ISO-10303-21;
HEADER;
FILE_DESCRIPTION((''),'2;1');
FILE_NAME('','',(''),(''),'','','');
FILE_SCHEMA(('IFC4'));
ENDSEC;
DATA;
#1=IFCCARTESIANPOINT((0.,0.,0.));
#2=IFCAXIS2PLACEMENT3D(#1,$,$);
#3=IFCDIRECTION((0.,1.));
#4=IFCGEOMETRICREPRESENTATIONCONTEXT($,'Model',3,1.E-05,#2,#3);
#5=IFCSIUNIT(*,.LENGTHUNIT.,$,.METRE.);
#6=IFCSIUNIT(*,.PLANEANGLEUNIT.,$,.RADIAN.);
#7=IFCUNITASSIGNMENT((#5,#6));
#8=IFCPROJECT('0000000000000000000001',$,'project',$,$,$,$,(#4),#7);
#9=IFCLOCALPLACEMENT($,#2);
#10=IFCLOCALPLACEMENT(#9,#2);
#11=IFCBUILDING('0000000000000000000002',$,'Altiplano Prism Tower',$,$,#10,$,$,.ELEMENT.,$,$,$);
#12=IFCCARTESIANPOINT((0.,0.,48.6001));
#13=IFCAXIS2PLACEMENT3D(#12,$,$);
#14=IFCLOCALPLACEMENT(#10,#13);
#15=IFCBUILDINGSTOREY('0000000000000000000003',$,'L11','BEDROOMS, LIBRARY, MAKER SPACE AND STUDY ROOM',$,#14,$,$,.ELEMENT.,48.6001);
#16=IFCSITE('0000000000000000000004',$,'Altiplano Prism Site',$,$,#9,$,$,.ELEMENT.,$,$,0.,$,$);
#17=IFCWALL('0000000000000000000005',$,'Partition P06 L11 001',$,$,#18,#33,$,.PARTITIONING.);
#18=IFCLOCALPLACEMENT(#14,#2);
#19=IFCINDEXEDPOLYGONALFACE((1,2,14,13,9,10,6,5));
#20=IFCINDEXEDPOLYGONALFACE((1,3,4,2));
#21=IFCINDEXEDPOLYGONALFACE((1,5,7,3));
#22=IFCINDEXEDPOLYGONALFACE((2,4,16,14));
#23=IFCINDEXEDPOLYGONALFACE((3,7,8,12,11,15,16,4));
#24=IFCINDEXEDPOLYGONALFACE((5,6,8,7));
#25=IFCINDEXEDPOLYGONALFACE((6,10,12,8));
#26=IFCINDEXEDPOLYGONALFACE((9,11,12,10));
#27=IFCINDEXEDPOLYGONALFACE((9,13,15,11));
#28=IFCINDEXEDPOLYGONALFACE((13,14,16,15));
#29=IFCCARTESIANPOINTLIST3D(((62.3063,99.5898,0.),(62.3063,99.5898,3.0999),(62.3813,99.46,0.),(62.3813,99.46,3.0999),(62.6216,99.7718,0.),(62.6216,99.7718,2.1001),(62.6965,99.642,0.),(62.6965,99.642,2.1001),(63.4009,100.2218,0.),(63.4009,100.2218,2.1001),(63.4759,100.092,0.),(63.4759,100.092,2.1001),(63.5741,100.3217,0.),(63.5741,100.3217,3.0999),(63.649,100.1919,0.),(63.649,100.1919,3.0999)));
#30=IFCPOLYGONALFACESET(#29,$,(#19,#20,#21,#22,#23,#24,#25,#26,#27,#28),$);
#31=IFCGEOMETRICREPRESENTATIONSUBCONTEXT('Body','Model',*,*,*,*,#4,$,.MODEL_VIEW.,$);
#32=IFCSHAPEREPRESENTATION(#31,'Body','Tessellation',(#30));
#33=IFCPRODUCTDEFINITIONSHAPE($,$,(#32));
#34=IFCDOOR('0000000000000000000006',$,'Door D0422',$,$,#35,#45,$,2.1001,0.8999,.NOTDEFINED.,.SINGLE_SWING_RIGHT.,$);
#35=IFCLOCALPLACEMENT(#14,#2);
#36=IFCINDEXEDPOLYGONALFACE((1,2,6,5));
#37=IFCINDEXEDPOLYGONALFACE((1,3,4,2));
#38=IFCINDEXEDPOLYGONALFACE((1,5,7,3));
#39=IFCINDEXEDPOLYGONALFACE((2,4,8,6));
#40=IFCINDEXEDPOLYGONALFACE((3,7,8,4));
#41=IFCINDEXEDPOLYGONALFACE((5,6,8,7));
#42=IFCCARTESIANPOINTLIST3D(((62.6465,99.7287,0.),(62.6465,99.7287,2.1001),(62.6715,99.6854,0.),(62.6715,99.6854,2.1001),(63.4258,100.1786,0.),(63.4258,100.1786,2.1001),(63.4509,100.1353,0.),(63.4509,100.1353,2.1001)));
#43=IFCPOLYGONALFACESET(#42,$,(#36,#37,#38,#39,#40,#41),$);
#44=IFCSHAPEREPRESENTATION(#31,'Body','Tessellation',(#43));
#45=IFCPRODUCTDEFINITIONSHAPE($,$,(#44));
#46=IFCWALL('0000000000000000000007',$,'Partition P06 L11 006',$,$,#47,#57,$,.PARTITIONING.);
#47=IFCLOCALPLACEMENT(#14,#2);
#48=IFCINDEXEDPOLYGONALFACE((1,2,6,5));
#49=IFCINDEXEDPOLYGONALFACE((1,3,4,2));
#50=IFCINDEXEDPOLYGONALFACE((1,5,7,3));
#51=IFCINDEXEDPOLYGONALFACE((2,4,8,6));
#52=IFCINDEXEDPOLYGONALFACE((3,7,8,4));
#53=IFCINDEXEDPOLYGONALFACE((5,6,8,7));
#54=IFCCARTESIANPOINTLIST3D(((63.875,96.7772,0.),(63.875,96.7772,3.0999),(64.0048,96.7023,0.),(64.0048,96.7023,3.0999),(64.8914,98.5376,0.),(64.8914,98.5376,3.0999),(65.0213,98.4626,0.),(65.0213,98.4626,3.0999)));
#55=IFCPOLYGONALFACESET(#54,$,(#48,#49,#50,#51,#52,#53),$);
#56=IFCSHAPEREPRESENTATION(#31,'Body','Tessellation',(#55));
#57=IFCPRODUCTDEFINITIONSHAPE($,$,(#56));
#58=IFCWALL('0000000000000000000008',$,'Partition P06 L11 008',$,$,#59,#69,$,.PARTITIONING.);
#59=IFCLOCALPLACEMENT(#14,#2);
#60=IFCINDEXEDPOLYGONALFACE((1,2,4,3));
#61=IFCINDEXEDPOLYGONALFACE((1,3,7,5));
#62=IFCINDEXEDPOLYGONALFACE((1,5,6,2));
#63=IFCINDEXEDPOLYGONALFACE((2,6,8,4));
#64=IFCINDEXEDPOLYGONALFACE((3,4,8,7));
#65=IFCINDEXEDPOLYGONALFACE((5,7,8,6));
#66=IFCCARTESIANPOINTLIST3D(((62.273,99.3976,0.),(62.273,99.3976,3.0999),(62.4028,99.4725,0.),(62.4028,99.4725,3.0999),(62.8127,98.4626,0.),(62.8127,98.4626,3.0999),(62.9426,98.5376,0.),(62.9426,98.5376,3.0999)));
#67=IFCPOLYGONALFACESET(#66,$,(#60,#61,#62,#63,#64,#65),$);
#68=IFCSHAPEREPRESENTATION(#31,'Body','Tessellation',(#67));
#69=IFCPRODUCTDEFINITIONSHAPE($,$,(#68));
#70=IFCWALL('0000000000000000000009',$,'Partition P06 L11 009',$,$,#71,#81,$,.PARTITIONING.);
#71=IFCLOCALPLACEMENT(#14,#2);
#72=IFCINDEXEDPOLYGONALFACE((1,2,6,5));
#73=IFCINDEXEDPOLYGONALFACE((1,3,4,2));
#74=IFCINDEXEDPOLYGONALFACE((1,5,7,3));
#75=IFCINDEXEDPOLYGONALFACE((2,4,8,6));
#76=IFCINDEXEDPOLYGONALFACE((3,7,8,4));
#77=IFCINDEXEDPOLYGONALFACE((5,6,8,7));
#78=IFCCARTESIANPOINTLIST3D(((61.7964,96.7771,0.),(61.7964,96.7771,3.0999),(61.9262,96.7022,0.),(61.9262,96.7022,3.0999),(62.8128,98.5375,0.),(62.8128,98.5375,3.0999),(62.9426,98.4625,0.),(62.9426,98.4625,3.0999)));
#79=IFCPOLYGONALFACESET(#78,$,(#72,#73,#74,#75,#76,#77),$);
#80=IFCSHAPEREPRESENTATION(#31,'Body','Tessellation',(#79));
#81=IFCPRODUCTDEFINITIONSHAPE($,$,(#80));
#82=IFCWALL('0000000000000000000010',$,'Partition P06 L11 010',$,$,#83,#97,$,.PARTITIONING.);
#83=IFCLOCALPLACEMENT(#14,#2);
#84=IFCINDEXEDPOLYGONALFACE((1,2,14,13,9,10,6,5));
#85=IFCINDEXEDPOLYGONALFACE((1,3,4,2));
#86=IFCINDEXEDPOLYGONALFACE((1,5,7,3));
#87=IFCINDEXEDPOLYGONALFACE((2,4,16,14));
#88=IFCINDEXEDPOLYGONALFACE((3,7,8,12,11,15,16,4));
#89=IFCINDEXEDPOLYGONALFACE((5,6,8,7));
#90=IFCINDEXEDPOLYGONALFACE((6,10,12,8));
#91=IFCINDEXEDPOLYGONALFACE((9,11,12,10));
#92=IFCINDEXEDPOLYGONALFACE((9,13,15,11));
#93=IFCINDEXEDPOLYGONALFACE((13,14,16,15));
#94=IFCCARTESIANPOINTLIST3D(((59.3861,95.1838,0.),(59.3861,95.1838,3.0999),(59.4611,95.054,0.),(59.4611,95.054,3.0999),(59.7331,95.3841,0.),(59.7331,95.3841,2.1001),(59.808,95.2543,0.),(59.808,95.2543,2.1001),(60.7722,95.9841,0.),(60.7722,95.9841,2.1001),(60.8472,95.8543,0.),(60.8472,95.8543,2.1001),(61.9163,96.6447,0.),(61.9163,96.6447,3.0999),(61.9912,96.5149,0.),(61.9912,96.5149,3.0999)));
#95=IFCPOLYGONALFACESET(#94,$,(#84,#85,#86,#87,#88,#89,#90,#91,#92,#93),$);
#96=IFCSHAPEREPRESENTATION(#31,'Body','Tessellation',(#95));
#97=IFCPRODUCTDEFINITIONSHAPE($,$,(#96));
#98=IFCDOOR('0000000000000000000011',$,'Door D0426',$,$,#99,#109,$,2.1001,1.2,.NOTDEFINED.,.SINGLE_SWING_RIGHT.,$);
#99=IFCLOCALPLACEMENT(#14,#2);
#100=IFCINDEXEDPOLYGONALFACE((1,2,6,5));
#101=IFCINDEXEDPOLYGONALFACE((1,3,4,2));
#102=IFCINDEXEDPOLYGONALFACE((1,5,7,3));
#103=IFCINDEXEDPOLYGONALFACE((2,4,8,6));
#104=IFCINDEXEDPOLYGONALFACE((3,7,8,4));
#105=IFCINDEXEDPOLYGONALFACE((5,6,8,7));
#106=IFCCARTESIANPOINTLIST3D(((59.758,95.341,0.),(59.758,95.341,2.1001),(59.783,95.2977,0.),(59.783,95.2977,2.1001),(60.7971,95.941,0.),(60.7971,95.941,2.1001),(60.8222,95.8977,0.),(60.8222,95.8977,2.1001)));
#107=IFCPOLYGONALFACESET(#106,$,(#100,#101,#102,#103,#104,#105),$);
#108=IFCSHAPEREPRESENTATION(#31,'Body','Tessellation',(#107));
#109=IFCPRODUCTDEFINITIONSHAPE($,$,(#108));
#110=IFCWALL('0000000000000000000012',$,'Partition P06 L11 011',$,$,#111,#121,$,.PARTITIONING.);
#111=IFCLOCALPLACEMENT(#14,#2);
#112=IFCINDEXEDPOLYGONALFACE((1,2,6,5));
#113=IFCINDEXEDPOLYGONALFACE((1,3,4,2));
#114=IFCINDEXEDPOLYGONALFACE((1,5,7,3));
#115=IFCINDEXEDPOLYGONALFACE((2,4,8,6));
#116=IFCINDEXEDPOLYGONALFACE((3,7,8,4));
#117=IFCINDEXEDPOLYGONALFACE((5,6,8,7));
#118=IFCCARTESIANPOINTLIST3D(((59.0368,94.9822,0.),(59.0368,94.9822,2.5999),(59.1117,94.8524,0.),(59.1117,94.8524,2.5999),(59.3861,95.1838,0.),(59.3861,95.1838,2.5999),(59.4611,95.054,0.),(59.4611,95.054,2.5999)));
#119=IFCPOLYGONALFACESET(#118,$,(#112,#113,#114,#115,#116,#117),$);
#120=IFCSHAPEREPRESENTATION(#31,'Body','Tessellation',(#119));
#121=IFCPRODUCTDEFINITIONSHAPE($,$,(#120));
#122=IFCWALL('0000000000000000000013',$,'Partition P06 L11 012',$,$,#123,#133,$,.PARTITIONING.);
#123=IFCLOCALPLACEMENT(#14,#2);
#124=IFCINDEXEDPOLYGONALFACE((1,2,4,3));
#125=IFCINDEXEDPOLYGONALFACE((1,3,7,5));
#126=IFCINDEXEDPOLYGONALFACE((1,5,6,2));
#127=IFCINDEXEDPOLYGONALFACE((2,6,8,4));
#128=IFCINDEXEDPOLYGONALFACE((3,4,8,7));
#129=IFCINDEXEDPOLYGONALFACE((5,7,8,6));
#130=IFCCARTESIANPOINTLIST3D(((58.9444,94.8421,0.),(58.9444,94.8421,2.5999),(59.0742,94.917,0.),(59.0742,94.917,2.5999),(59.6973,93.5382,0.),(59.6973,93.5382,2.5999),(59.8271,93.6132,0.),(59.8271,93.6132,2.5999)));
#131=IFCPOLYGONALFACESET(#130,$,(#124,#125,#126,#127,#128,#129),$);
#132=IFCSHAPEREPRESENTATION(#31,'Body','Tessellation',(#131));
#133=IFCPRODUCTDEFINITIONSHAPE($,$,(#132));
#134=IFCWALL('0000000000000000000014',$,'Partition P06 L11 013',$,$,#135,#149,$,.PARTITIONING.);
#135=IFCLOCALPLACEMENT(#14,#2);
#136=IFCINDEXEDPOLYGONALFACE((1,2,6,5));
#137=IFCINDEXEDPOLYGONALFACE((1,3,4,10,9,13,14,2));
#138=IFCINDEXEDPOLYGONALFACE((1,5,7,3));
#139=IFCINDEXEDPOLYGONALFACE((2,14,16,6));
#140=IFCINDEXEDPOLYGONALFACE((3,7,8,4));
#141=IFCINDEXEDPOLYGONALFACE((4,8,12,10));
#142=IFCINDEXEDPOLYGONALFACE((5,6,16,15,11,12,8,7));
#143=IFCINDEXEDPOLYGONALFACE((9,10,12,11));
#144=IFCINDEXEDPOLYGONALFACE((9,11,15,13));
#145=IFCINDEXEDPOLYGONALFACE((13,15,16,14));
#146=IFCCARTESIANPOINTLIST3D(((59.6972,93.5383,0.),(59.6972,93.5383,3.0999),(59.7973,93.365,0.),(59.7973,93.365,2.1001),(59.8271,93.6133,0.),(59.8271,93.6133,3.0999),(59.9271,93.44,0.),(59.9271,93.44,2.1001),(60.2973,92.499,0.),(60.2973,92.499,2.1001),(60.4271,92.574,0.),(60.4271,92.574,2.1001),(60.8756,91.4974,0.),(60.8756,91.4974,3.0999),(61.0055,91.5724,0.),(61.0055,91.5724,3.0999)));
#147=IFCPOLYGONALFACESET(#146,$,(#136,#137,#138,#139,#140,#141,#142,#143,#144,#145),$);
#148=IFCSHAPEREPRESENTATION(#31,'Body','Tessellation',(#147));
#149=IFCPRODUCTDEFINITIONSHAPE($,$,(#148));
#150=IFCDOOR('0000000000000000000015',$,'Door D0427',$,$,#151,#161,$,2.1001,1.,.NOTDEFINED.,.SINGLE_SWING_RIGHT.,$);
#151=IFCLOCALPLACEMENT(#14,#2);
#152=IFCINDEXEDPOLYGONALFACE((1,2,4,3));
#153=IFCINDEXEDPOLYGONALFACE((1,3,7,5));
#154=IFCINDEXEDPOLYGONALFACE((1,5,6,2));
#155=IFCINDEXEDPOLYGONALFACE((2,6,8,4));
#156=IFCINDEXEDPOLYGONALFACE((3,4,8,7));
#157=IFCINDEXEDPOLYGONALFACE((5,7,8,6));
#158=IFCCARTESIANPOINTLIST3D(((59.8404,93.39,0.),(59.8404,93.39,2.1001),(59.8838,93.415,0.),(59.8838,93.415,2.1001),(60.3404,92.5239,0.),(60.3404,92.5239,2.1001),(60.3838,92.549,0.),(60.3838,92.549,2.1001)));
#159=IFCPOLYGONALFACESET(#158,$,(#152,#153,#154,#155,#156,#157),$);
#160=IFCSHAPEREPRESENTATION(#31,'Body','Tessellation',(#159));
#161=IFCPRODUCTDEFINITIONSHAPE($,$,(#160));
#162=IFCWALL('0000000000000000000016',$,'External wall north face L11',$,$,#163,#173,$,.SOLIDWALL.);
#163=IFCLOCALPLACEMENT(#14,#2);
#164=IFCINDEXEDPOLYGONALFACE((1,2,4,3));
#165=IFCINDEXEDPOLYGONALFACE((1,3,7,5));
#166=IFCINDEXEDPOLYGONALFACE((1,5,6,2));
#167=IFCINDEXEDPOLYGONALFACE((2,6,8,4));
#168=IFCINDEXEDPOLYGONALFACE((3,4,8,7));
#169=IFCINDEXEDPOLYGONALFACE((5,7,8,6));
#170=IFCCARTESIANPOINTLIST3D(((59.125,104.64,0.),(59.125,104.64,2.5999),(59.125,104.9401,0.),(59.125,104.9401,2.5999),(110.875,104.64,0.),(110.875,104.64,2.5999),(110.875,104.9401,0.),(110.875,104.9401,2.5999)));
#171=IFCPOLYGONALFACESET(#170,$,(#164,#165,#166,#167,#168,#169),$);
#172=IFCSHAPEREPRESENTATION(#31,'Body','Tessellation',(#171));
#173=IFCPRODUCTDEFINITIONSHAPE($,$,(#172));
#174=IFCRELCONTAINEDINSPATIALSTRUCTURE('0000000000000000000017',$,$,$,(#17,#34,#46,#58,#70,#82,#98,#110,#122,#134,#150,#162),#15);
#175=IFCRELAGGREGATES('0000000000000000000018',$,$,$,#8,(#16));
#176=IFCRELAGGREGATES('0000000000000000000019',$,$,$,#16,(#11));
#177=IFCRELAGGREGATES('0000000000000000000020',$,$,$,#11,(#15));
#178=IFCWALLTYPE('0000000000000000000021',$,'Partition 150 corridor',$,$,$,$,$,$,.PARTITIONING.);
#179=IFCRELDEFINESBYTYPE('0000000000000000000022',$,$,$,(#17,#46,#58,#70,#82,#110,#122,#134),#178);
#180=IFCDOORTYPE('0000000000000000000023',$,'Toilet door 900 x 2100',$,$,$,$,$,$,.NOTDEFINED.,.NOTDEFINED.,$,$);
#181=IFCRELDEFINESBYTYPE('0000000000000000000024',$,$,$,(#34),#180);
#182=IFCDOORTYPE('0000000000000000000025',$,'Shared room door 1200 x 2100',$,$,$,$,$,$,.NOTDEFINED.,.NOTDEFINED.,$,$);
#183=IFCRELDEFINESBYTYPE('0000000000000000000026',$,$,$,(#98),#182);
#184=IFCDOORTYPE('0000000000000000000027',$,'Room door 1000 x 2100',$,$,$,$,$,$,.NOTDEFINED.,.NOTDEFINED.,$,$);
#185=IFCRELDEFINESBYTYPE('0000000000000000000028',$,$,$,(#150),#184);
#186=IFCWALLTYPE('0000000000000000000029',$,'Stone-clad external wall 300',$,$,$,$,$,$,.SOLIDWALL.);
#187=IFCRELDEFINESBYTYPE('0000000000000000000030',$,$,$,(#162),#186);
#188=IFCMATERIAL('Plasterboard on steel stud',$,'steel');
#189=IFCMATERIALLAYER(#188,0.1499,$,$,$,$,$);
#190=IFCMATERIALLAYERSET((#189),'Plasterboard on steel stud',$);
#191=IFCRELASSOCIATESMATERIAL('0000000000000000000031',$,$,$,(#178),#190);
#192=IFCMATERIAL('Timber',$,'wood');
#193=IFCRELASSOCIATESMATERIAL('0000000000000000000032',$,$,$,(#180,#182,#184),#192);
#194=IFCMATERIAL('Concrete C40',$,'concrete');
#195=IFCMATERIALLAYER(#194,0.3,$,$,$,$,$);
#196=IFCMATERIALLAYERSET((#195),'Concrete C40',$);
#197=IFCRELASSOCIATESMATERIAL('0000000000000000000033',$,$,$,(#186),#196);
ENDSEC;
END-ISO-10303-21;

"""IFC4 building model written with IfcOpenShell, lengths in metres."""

from ifc_helpers import new_model, si_unit, direction, frame, frame_2d, origin, place, context, subcontext, project, spatial, rectangle, extrude, material, layer, layer_set, type_object, element, fill, save


model = new_model("IFC4")

# Units and contexts
model_context = context("Model", 3, precision=1e-05, world=origin(), true_north=direction((0.0, 1.0)))
body_context = subcontext(model_context, "Body", "Model", "MODEL_VIEW")
ifc_project = project(units=[si_unit("LENGTHUNIT", "METRE"), si_unit("PLANEANGLEUNIT", "RADIAN")], contexts=[model_context])

# Site, building, storey
site_placement = place(None, origin())
site = spatial("IfcSite", under=ifc_project, at=site_placement, Name="Altiplano Prism Site", CompositionType="ELEMENT", RefElevation=0.0)
building_placement = place(site_placement, origin())
building = spatial("IfcBuilding", under=site, at=building_placement, Name="Altiplano Prism Tower", CompositionType="ELEMENT")
storey_placement = place(building_placement, frame((0.0, 0.0, 48.6001)))
storey = spatial("IfcBuildingStorey", under=building, at=storey_placement, Name="L11", Description="BEDROOMS, LIBRARY, MAKER SPACE AND STUDY ROOM", CompositionType="ELEMENT", Elevation=48.6001)

# Shared definitions
ifc_material_1 = material(Name="Plasterboard on steel stud", Category="steel")

# Wall, opening, door
ifc_layer_1 = layer(ifc_material_1, 0.1499)
ifc_layer_set_1 = layer_set([ifc_layer_1], Name="Plasterboard on steel stud")
wall_type_1 = type_object("IfcWallType", Name="Partition 150 corridor", PredefinedType="PARTITIONING", material=ifc_layer_set_1)
wall_1_placement = place(storey_placement, frame((63.6116, 100.2568, 0.0), z_axis=(0.0, 0.0, 1.0), x_axis=(-0.866038, -0.499977, 0.0)))
wall_1 = element("IfcWall", 1, at=wall_1_placement, inside=storey, type_object=wall_type_1, Name="Partition P06 L11 001", PredefinedType="PARTITIONING", context=body_context, shape_type="SweptSolid", body=[
    extrude(rectangle(XDim=1.4639, YDim=0.1499, at=frame_2d((0.7319, 0.0))), origin(), (0.0, 0.0, 1.0), 3.0999),
])
opening_1_placement = place(wall_1_placement, frame((0.2, 0.0, 0.0)))
opening_1 = element("IfcOpeningElement", 2, at=opening_1_placement, cuts=wall_1, PredefinedType="OPENING", context=body_context, shape_type="SweptSolid", body=[
    extrude(rectangle(XDim=0.8999, YDim=2.1001, at=frame_2d((0.45, 1.05))), frame((0.0, 0.0854, 0.0), z_axis=(0.0, -1.0, 0.0), x_axis=(1.0, 0.0, 0.0)), (0.0, 0.0, 1.0), 0.1709),
])
ifc_material_2 = material(Name="Timber", Category="wood")
door_type_1 = type_object("IfcDoorType", Name="Toilet door 900 x 2100", OperationType="NOTDEFINED", PredefinedType="NOTDEFINED", material=ifc_material_2)
door_1_placement = place(opening_1_placement, origin())
door_1 = element("IfcDoor", 3, at=door_1_placement, inside=storey, type_object=door_type_1, Name="Door D0422", OperationType="SINGLE_SWING_RIGHT", OverallHeight=2.1001, OverallWidth=0.8999, PredefinedType="NOTDEFINED", context=body_context, shape_type="SweptSolid", body=[
    extrude(rectangle(XDim=0.8999, YDim=2.1001, at=frame_2d((0.45, 1.05))), frame((0.0, 0.0249, 0.0), z_axis=(0.0, -1.0, 0.0), x_axis=(1.0, 0.0, 0.0)), (0.0, 0.0, 1.0), 0.05),
])
fill(opening_1, door_1)

# Walls
wall_2_placement = place(storey_placement, frame((63.9399, 96.7397, 0.0), z_axis=(0.0, 0.0, 1.0), x_axis=(0.500027, 0.86601, 0.0)))
element("IfcWall", 4, at=wall_2_placement, inside=storey, type_object=wall_type_1, Name="Partition P06 L11 006", PredefinedType="PARTITIONING", context=body_context, shape_type="SweptSolid", body=[
    extrude(rectangle(XDim=2.0327, YDim=0.1499, at=frame_2d((1.0164, 0.0))), origin(), (0.0, 0.0, 1.0), 3.0999),
])
wall_3_placement = place(storey_placement, frame((62.3379, 99.4351, 0.0), z_axis=(0.0, 0.0, 1.0), x_axis=(0.499957, -0.86605, 0.0)))
element("IfcWall", 5, at=wall_3_placement, inside=storey, type_object=wall_type_1, Name="Partition P06 L11 008", PredefinedType="PARTITIONING", context=body_context, shape_type="SweptSolid", body=[
    extrude(rectangle(XDim=1.0796, YDim=0.1499, at=frame_2d((0.5398, 0.0))), origin(), (0.0, 0.0, 1.0), 3.0999),
])
wall_4_placement = place(storey_placement, frame((62.8777, 98.5, 0.0), z_axis=(0.0, 0.0, 1.0), x_axis=(-0.500027, -0.86601, 0.0)))
element("IfcWall", 6, at=wall_4_placement, inside=storey, type_object=wall_type_1, Name="Partition P06 L11 009", PredefinedType="PARTITIONING", context=body_context, shape_type="SweptSolid", body=[
    extrude(rectangle(XDim=2.0327, YDim=0.1499, at=frame_2d((1.0164, 0.0))), origin(), (0.0, 0.0, 1.0), 3.0999),
])

# Wall, opening, door
wall_5_placement = place(storey_placement, frame((61.9539, 96.5798, 0.0), z_axis=(0.0, 0.0, 1.0), x_axis=(-0.866013, -0.500021, 0.0)))
wall_5 = element("IfcWall", 7, at=wall_5_placement, inside=storey, type_object=wall_type_1, Name="Partition P06 L11 010", PredefinedType="PARTITIONING", context=body_context, shape_type="SweptSolid", body=[
    extrude(rectangle(XDim=2.9216, YDim=0.1499, at=frame_2d((1.4609, 0.0))), origin(), (0.0, 0.0, 1.0), 3.0999),
])
opening_2_placement = place(wall_5_placement, frame((1.321, 0.0, 0.0)))
opening_2 = element("IfcOpeningElement", 8, at=opening_2_placement, cuts=wall_5, PredefinedType="OPENING", context=body_context, shape_type="SweptSolid", body=[
    extrude(rectangle(XDim=1.2, YDim=2.1001, at=frame_2d((0.6001, 1.05))), frame((0.0, 0.0854, 0.0), z_axis=(0.0, -1.0, 0.0), x_axis=(1.0, 0.0, 0.0)), (0.0, 0.0, 1.0), 0.1709),
])
door_type_2 = type_object("IfcDoorType", Name="Shared room door 1200 x 2100", OperationType="NOTDEFINED", PredefinedType="NOTDEFINED", material=ifc_material_2)
door_2_placement = place(opening_2_placement, origin())
door_2 = element("IfcDoor", 9, at=door_2_placement, inside=storey, type_object=door_type_2, Name="Door D0426", OperationType="SINGLE_SWING_RIGHT", OverallHeight=2.1001, OverallWidth=1.2, PredefinedType="NOTDEFINED", context=body_context, shape_type="SweptSolid", body=[
    extrude(rectangle(XDim=1.2, YDim=2.1001, at=frame_2d((0.6001, 1.05))), frame((0.0, 0.0249, 0.0), z_axis=(0.0, -1.0, 0.0), x_axis=(1.0, 0.0, 0.0)), (0.0, 0.0, 1.0), 0.05),
])
fill(opening_2, door_2)

# Walls
wall_6_placement = place(storey_placement, frame((59.4236, 95.1189, 0.0), z_axis=(0.0, 0.0, 1.0), x_axis=(-0.866075, -0.499915, 0.0)))
element("IfcWall", 10, at=wall_6_placement, inside=storey, type_object=wall_type_1, Name="Partition P06 L11 011", PredefinedType="PARTITIONING", context=body_context, shape_type="SweptSolid", body=[
    extrude(rectangle(XDim=0.4033, YDim=0.1499, at=frame_2d((0.2017, 0.0))), origin(), (0.0, 0.0, 1.0), 2.5999),
])
wall_7_placement = place(storey_placement, frame((59.0093, 94.8796, 0.0), z_axis=(0.0, 0.0, 1.0), x_axis=(0.500045, -0.865999, 0.0)))
element("IfcWall", 11, at=wall_7_placement, inside=storey, type_object=wall_type_1, Name="Partition P06 L11 012", PredefinedType="PARTITIONING", context=body_context, shape_type="SweptSolid", body=[
    extrude(rectangle(XDim=1.5056, YDim=0.1499, at=frame_2d((0.7529, 0.0))), origin(), (0.0, 0.0, 1.0), 2.5999),
])

# Wall, opening, door
wall_8_placement = place(storey_placement, frame((59.7622, 93.5757, 0.0), z_axis=(0.0, 0.0, 1.0), x_axis=(0.500027, -0.86601, 0.0)))
wall_8 = element("IfcWall", 12, at=wall_8_placement, inside=storey, type_object=wall_type_1, Name="Partition P06 L11 013", PredefinedType="PARTITIONING", context=body_context, shape_type="SweptSolid", body=[
    extrude(rectangle(XDim=2.3567, YDim=0.1499, at=frame_2d((1.1782, 0.0))), origin(), (0.0, 0.0, 1.0), 3.0999),
])
opening_3_placement = place(wall_8_placement, frame((0.2, 0.0, 0.0)))
opening_3 = element("IfcOpeningElement", 13, at=opening_3_placement, cuts=wall_8, PredefinedType="OPENING", context=body_context, shape_type="SweptSolid", body=[
    extrude(rectangle(XDim=1.0, YDim=2.1001, at=frame_2d((0.5, 1.05))), frame((0.0, 0.0854, 0.0), z_axis=(0.0, -1.0, 0.0), x_axis=(1.0, 0.0, 0.0)), (0.0, 0.0, 1.0), 0.1709),
])
door_type_3 = type_object("IfcDoorType", Name="Room door 1000 x 2100", OperationType="NOTDEFINED", PredefinedType="NOTDEFINED", material=ifc_material_2)
door_3_placement = place(opening_3_placement, origin())
door_3 = element("IfcDoor", 14, at=door_3_placement, inside=storey, type_object=door_type_3, Name="Door D0427", OperationType="SINGLE_SWING_RIGHT", OverallHeight=2.1001, OverallWidth=1.0, PredefinedType="NOTDEFINED", context=body_context, shape_type="SweptSolid", body=[
    extrude(rectangle(XDim=1.0, YDim=2.1001, at=frame_2d((0.5, 1.05))), frame((0.0, 0.0249, 0.0), z_axis=(0.0, -1.0, 0.0), x_axis=(1.0, 0.0, 0.0)), (0.0, 0.0, 1.0), 0.05),
])
fill(opening_3, door_3)

# Wall
ifc_material_3 = material(Name="Concrete C40", Category="concrete")
ifc_layer_2 = layer(ifc_material_3, 0.3)
ifc_layer_set_2 = layer_set([ifc_layer_2], Name="Concrete C40")
wall_type_2 = type_object("IfcWallType", Name="Stone-clad external wall 300", PredefinedType="SOLIDWALL", material=ifc_layer_set_2)
wall_9_placement = place(storey_placement, frame((59.125, 104.79, 0.0), z_axis=(0.0, 0.0, 1.0), x_axis=(1.0, 0.0, 0.0)))
element("IfcWall", 15, at=wall_9_placement, inside=storey, type_object=wall_type_2, Name="External wall north face L11", PredefinedType="SOLIDWALL", context=body_context, shape_type="SweptSolid", body=[
    extrude(rectangle(XDim=51.75, YDim=0.3, at=frame_2d((25.875, 0.0))), origin(), (0.0, 0.0, 1.0), 2.5999),
])

save(model, "model.ifc")
